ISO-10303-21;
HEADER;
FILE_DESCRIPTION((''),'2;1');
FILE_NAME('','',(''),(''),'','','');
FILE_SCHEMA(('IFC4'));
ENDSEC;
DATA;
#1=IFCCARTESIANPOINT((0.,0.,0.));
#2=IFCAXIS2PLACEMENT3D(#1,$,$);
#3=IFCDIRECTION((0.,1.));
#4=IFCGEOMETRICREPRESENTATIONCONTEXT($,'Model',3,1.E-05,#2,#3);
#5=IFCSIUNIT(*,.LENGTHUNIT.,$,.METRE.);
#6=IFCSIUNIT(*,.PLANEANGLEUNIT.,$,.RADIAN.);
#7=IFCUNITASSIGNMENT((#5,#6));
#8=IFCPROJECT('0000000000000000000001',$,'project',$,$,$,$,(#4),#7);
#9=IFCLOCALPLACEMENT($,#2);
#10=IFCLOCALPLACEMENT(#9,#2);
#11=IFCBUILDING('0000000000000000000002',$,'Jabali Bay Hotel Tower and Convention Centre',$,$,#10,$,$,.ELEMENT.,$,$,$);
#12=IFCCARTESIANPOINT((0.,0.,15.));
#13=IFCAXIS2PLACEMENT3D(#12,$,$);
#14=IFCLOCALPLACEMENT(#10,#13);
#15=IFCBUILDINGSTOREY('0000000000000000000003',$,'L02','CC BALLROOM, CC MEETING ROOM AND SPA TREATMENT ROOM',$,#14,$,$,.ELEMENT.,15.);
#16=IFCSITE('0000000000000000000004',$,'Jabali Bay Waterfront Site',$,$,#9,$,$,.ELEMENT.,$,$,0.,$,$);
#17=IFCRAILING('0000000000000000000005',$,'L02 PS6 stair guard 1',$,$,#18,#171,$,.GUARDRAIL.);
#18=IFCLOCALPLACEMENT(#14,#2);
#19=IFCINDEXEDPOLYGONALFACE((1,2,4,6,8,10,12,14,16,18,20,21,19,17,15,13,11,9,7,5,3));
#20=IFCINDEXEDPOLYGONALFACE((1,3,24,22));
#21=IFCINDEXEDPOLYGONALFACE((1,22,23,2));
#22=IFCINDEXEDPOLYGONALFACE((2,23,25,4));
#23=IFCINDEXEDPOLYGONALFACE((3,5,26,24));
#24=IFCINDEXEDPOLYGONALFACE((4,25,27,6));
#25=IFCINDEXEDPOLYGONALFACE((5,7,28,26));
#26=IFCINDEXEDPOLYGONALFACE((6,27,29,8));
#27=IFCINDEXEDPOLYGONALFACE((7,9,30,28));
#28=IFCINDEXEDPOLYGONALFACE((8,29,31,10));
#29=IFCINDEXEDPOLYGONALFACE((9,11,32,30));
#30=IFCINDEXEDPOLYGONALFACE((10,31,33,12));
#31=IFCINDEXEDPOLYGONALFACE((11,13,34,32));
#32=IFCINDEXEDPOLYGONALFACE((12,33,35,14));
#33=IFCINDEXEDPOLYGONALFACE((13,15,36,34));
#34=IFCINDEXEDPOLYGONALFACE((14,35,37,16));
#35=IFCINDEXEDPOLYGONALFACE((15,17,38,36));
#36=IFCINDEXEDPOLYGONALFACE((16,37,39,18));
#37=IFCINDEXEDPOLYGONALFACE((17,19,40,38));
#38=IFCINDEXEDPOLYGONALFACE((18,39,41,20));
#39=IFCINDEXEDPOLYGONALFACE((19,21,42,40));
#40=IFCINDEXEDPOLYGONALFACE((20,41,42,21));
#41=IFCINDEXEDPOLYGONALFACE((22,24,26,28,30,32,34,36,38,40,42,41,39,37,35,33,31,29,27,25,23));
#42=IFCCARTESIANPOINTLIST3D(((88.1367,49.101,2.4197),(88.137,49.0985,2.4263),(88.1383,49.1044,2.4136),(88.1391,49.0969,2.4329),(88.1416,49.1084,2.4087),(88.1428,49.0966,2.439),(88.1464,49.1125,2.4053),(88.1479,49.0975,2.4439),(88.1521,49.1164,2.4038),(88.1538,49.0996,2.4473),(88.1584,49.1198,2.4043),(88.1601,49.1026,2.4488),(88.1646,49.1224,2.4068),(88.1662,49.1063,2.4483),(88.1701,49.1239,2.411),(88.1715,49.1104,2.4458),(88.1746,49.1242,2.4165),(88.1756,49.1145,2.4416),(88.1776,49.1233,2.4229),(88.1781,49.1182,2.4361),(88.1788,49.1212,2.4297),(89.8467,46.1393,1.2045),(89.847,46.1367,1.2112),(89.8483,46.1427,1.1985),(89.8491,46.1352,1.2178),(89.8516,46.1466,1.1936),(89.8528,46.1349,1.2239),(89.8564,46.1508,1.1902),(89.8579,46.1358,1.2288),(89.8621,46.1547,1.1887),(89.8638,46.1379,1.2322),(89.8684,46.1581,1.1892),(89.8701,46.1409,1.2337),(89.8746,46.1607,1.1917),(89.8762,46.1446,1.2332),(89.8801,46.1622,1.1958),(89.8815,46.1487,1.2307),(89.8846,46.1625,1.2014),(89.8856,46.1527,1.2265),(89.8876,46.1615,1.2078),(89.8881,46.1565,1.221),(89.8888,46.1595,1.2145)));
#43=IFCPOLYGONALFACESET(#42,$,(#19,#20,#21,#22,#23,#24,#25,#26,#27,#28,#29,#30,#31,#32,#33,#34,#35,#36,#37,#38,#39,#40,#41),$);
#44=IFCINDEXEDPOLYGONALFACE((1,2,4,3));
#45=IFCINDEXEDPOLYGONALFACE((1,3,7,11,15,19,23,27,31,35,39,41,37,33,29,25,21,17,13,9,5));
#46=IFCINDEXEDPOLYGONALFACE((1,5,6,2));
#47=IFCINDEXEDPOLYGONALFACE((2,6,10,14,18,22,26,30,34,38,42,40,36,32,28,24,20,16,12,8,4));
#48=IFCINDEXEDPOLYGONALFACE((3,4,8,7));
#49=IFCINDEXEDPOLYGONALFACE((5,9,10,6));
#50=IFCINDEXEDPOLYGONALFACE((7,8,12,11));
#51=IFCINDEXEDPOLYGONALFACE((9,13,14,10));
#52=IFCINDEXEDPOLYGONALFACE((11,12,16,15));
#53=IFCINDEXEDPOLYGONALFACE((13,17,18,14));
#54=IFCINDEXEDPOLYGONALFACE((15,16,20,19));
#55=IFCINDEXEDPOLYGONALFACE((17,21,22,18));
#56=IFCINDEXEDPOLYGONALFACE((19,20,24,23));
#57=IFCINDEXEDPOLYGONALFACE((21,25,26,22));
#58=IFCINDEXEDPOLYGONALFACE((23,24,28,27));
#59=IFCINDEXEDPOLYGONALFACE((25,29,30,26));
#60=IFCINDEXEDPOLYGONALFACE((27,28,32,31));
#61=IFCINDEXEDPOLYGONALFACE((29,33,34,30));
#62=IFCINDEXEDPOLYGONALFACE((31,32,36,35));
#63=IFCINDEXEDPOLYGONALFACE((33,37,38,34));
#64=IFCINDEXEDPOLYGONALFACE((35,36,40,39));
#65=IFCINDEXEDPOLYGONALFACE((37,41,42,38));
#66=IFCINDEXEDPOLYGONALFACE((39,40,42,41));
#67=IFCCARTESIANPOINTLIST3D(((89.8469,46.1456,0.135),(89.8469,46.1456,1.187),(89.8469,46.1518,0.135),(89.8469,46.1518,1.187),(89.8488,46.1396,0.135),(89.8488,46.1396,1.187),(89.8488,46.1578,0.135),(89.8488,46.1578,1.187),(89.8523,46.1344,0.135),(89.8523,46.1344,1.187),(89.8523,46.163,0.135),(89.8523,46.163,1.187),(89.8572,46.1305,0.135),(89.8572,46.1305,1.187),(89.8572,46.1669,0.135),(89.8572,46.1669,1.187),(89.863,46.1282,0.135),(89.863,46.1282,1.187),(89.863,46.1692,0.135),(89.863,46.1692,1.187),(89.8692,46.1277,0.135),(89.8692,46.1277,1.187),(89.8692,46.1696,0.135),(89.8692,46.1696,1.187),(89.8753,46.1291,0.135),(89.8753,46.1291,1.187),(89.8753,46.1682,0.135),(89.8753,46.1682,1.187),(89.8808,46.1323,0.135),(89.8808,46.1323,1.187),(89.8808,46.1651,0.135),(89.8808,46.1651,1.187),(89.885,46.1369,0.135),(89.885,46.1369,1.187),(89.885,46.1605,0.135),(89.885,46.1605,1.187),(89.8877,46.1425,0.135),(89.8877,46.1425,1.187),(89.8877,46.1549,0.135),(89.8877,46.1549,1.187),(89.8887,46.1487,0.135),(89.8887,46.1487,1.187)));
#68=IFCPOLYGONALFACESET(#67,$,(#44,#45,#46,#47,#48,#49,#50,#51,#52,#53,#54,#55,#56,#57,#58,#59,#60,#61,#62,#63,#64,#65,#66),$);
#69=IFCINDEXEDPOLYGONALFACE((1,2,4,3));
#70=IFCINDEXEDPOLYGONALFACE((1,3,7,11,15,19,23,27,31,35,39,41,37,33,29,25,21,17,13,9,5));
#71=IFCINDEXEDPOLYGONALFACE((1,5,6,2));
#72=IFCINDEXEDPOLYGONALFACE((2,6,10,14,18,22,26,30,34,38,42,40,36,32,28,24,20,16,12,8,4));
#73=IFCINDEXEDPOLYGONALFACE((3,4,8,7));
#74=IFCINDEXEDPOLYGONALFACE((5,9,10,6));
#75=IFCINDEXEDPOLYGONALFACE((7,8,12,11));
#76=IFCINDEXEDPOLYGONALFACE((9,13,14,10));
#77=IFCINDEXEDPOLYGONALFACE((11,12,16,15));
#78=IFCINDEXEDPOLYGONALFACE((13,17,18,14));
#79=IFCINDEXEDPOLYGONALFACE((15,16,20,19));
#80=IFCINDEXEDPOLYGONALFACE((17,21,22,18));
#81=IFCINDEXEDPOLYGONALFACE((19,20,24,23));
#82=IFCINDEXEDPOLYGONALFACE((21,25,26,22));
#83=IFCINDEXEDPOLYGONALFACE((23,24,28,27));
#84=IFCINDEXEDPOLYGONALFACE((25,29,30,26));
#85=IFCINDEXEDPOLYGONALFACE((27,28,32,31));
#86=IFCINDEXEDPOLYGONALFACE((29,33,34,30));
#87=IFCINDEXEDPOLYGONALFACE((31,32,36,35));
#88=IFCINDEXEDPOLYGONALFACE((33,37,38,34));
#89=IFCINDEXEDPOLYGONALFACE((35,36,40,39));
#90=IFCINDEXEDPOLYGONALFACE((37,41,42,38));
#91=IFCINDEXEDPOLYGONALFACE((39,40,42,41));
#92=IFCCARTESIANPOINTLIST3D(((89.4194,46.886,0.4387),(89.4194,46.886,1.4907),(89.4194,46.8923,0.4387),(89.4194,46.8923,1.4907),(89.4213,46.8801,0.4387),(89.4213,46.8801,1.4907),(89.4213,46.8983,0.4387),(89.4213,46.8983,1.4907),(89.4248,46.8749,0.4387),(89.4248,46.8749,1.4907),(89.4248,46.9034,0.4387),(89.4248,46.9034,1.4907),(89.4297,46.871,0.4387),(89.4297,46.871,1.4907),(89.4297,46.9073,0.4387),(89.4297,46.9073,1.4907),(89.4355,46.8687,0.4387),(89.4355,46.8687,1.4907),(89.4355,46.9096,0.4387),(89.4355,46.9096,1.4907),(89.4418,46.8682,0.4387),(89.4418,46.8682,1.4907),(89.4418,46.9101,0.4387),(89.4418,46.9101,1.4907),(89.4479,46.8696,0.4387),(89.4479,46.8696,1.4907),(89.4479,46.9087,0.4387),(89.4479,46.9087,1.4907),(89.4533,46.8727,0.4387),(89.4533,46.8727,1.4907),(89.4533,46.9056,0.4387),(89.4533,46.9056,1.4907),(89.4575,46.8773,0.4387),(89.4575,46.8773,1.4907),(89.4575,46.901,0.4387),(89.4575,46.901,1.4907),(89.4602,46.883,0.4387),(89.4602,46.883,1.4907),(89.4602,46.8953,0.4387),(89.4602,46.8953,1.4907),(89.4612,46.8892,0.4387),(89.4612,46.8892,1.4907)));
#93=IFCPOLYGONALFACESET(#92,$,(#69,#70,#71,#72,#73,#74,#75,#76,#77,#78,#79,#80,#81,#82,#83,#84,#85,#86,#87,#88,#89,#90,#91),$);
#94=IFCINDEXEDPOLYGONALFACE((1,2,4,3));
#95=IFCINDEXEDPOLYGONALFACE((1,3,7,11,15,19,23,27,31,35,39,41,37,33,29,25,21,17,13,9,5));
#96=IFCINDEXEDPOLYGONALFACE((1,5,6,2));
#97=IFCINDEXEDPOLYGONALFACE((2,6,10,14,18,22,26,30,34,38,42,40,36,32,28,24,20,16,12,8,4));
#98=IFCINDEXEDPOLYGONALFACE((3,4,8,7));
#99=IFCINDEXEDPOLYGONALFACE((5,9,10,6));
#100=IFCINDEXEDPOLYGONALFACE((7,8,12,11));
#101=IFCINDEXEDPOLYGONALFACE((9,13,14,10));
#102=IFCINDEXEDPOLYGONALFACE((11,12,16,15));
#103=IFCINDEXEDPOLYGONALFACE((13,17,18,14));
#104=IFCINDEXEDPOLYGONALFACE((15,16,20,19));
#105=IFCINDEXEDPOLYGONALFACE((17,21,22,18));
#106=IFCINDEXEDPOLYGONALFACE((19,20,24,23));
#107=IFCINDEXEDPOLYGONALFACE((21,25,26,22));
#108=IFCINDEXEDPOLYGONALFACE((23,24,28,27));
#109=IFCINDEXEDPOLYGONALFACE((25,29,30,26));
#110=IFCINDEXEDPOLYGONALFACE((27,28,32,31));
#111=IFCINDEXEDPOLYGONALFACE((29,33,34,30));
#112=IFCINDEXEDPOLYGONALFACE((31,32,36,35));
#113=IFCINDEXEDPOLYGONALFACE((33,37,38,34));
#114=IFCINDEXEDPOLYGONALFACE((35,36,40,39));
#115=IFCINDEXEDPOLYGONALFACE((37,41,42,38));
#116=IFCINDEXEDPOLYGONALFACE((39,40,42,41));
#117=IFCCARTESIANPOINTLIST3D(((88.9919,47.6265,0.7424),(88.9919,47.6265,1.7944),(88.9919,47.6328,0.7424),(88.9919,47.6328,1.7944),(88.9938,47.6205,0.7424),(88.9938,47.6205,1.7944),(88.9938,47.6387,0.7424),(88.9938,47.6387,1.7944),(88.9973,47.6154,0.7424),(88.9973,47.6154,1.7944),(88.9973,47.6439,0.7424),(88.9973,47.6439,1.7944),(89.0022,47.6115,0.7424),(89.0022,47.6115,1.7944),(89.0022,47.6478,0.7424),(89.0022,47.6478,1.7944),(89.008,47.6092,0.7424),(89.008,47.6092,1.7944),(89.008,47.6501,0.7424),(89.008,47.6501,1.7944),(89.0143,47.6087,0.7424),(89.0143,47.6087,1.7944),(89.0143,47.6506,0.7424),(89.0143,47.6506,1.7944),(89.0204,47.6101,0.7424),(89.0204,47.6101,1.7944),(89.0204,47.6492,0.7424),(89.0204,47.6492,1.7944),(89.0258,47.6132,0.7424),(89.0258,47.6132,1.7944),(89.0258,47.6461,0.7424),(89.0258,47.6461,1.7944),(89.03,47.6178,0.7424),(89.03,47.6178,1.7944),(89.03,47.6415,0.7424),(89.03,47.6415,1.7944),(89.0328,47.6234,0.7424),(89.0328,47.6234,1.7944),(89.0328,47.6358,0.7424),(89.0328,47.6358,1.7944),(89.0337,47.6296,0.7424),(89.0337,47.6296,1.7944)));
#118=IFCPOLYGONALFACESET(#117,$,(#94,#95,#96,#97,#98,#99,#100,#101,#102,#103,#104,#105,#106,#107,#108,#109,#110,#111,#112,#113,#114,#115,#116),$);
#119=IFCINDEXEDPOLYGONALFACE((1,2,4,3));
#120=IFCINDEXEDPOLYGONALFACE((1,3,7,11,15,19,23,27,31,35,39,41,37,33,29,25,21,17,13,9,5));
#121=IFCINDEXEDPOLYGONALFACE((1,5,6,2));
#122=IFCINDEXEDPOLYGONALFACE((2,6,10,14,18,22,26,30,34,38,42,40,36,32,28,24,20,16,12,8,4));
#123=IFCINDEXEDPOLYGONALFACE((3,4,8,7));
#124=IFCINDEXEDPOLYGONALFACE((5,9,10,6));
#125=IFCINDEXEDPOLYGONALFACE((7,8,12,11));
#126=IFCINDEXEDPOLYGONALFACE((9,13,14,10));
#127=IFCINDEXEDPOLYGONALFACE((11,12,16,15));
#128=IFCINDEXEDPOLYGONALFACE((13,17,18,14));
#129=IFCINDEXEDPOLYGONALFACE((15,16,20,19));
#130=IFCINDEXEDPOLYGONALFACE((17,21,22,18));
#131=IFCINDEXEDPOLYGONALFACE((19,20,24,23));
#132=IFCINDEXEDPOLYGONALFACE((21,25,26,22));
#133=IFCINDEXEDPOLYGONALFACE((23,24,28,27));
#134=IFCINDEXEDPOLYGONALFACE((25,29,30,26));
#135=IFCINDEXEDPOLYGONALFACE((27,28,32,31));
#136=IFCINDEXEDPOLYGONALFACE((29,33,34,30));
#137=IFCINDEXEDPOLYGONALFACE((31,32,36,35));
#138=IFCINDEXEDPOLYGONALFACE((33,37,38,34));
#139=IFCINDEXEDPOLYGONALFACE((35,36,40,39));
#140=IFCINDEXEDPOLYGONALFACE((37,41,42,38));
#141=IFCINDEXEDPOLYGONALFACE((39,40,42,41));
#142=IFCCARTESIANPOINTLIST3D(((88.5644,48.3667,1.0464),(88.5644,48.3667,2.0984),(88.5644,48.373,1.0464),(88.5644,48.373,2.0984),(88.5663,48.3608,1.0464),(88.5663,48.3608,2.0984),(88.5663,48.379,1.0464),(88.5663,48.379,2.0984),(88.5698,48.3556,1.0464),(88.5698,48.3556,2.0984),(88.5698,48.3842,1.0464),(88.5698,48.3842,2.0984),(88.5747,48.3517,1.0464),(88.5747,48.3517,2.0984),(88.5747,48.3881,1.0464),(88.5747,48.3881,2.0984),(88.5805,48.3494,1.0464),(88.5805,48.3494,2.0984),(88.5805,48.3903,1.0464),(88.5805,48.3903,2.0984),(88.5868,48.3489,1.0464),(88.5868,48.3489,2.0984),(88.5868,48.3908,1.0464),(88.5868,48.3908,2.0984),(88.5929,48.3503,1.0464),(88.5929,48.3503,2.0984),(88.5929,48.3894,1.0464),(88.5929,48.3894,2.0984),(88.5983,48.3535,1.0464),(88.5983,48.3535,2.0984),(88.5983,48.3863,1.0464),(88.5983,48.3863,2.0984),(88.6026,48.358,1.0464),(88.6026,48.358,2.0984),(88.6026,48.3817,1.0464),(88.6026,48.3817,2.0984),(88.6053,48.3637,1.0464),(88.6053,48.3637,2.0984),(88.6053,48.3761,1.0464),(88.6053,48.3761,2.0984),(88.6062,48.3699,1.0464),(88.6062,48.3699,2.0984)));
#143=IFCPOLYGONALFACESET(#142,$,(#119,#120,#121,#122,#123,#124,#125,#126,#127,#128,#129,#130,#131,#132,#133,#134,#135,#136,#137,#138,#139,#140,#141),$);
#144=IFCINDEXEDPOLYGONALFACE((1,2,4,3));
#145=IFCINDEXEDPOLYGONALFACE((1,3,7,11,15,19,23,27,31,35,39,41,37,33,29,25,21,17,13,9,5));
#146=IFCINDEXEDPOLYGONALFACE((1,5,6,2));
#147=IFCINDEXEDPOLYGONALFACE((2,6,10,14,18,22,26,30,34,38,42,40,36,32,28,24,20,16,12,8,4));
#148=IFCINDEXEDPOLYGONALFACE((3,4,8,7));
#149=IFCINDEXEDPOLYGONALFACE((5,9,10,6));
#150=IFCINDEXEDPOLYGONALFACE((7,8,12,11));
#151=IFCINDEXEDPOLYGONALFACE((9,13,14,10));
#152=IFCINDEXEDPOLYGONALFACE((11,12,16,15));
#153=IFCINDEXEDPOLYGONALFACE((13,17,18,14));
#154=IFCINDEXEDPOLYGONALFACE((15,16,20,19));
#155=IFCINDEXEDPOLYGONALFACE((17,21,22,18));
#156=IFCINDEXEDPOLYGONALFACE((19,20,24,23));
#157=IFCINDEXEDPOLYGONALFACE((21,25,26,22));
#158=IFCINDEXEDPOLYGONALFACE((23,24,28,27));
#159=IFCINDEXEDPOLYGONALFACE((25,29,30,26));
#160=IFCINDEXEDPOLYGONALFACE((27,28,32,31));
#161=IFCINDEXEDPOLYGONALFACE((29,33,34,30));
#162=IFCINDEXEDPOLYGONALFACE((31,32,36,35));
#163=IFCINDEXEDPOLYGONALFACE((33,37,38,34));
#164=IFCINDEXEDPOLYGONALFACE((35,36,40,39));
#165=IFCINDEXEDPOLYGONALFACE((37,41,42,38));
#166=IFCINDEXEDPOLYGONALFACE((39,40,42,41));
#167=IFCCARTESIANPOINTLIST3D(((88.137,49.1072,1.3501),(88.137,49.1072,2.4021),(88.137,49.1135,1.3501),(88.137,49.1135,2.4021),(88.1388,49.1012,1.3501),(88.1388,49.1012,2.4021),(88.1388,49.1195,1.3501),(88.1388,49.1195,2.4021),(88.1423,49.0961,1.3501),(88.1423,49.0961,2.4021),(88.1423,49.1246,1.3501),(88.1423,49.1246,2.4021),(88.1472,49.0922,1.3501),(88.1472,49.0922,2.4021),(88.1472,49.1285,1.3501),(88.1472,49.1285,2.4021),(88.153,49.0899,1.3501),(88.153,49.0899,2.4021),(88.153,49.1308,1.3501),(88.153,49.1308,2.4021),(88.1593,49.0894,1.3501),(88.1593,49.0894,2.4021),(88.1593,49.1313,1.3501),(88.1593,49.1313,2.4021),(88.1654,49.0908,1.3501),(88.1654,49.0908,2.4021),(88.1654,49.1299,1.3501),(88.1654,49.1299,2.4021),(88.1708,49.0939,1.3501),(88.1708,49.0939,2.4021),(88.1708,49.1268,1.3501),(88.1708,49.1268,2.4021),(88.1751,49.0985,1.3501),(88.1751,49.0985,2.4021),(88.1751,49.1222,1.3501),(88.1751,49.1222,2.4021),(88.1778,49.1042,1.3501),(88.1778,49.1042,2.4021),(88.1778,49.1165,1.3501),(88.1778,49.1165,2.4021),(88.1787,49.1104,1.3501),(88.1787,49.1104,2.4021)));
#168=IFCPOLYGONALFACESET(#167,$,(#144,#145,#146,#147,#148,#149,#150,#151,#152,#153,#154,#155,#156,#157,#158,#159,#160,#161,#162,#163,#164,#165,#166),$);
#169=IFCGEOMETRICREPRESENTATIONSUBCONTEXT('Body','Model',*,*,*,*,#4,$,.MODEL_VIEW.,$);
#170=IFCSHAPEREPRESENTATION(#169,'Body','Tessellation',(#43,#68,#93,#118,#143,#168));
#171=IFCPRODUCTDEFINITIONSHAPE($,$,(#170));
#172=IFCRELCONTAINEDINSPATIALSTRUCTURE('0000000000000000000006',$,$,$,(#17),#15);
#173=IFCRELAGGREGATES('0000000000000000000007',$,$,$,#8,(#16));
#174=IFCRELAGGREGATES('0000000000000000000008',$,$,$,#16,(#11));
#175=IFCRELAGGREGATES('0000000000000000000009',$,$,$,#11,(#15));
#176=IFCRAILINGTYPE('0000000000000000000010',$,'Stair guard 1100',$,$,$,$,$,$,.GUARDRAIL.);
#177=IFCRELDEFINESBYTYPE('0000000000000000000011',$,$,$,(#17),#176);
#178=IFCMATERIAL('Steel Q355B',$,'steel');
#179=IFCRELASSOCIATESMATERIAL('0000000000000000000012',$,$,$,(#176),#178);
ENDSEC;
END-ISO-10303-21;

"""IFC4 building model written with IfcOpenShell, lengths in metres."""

from ifc_helpers import new_model, si_unit, direction, frame, origin, origin_2d, place, context, subcontext, project, spatial, circle, extrude, material, type_object, element, save


model = new_model("IFC4")

# Units and contexts
model_context = context("Model", 3, precision=1e-05, world=origin(), true_north=direction((0.0, 1.0)))
body_context = subcontext(model_context, "Body", "Model", "MODEL_VIEW")
ifc_project = project(units=[si_unit("LENGTHUNIT", "METRE"), si_unit("PLANEANGLEUNIT", "RADIAN")], contexts=[model_context])

# Site, building, storey
site_placement = place(None, origin())
site = spatial("IfcSite", under=ifc_project, at=site_placement, Name="Jabali Bay Waterfront Site", CompositionType="ELEMENT", RefElevation=0.0)
building_placement = place(site_placement, origin())
building = spatial("IfcBuilding", under=site, at=building_placement, Name="Jabali Bay Hotel Tower and Convention Centre", CompositionType="ELEMENT")
storey_placement = place(building_placement, frame((0.0, 0.0, 15.0)))
storey = spatial("IfcBuildingStorey", under=building, at=storey_placement, Name="L02", Description="CC BALLROOM, CC MEETING ROOM AND SPA TREATMENT ROOM", CompositionType="ELEMENT", Elevation=15.0)

# Railing
ifc_material_1 = material(Name="Steel Q355B", Category="steel")
railing_type_1 = type_object("IfcRailingType", Name="Stair guard 1100", PredefinedType="GUARDRAIL", material=ifc_material_1)
railing_1_placement = place(storey_placement, frame((89.8677, 46.1487, 0.135)))
element("IfcRailing", 1, at=railing_1_placement, inside=storey, type_object=railing_type_1, Name="L02 PS6 stair guard 1", PredefinedType="GUARDRAIL", context=body_context, shape_type="SweptSolid", body=[
    extrude(circle(Radius=0.0239, at=origin_2d()), frame((0.0, 0.0, 1.0762), z_axis=(-0.471153, 0.816042, 0.334799), x_axis=(-0.86602, -0.500009, 0.0)), (0.0, 0.0, 1.0), 3.6294),
    extrude(circle(Radius=0.021, at=origin_2d()), origin(), (0.0, 0.0, 1.0), 1.052),
    extrude(circle(Radius=0.021, at=origin_2d()), frame((-0.4275, 0.7405, 0.3037)), (0.0, 0.0, 1.0), 1.052),
    extrude(circle(Radius=0.021, at=origin_2d()), frame((-0.855, 1.481, 0.6074)), (0.0, 0.0, 1.0), 1.052),
    extrude(circle(Radius=0.021, at=origin_2d()), frame((-1.2825, 2.2212, 0.9114)), (0.0, 0.0, 1.0), 1.052),
    extrude(circle(Radius=0.021, at=origin_2d()), frame((-1.71, 2.9617, 1.2151)), (0.0, 0.0, 1.0), 1.052),
])

save(model, "model.ifc")
